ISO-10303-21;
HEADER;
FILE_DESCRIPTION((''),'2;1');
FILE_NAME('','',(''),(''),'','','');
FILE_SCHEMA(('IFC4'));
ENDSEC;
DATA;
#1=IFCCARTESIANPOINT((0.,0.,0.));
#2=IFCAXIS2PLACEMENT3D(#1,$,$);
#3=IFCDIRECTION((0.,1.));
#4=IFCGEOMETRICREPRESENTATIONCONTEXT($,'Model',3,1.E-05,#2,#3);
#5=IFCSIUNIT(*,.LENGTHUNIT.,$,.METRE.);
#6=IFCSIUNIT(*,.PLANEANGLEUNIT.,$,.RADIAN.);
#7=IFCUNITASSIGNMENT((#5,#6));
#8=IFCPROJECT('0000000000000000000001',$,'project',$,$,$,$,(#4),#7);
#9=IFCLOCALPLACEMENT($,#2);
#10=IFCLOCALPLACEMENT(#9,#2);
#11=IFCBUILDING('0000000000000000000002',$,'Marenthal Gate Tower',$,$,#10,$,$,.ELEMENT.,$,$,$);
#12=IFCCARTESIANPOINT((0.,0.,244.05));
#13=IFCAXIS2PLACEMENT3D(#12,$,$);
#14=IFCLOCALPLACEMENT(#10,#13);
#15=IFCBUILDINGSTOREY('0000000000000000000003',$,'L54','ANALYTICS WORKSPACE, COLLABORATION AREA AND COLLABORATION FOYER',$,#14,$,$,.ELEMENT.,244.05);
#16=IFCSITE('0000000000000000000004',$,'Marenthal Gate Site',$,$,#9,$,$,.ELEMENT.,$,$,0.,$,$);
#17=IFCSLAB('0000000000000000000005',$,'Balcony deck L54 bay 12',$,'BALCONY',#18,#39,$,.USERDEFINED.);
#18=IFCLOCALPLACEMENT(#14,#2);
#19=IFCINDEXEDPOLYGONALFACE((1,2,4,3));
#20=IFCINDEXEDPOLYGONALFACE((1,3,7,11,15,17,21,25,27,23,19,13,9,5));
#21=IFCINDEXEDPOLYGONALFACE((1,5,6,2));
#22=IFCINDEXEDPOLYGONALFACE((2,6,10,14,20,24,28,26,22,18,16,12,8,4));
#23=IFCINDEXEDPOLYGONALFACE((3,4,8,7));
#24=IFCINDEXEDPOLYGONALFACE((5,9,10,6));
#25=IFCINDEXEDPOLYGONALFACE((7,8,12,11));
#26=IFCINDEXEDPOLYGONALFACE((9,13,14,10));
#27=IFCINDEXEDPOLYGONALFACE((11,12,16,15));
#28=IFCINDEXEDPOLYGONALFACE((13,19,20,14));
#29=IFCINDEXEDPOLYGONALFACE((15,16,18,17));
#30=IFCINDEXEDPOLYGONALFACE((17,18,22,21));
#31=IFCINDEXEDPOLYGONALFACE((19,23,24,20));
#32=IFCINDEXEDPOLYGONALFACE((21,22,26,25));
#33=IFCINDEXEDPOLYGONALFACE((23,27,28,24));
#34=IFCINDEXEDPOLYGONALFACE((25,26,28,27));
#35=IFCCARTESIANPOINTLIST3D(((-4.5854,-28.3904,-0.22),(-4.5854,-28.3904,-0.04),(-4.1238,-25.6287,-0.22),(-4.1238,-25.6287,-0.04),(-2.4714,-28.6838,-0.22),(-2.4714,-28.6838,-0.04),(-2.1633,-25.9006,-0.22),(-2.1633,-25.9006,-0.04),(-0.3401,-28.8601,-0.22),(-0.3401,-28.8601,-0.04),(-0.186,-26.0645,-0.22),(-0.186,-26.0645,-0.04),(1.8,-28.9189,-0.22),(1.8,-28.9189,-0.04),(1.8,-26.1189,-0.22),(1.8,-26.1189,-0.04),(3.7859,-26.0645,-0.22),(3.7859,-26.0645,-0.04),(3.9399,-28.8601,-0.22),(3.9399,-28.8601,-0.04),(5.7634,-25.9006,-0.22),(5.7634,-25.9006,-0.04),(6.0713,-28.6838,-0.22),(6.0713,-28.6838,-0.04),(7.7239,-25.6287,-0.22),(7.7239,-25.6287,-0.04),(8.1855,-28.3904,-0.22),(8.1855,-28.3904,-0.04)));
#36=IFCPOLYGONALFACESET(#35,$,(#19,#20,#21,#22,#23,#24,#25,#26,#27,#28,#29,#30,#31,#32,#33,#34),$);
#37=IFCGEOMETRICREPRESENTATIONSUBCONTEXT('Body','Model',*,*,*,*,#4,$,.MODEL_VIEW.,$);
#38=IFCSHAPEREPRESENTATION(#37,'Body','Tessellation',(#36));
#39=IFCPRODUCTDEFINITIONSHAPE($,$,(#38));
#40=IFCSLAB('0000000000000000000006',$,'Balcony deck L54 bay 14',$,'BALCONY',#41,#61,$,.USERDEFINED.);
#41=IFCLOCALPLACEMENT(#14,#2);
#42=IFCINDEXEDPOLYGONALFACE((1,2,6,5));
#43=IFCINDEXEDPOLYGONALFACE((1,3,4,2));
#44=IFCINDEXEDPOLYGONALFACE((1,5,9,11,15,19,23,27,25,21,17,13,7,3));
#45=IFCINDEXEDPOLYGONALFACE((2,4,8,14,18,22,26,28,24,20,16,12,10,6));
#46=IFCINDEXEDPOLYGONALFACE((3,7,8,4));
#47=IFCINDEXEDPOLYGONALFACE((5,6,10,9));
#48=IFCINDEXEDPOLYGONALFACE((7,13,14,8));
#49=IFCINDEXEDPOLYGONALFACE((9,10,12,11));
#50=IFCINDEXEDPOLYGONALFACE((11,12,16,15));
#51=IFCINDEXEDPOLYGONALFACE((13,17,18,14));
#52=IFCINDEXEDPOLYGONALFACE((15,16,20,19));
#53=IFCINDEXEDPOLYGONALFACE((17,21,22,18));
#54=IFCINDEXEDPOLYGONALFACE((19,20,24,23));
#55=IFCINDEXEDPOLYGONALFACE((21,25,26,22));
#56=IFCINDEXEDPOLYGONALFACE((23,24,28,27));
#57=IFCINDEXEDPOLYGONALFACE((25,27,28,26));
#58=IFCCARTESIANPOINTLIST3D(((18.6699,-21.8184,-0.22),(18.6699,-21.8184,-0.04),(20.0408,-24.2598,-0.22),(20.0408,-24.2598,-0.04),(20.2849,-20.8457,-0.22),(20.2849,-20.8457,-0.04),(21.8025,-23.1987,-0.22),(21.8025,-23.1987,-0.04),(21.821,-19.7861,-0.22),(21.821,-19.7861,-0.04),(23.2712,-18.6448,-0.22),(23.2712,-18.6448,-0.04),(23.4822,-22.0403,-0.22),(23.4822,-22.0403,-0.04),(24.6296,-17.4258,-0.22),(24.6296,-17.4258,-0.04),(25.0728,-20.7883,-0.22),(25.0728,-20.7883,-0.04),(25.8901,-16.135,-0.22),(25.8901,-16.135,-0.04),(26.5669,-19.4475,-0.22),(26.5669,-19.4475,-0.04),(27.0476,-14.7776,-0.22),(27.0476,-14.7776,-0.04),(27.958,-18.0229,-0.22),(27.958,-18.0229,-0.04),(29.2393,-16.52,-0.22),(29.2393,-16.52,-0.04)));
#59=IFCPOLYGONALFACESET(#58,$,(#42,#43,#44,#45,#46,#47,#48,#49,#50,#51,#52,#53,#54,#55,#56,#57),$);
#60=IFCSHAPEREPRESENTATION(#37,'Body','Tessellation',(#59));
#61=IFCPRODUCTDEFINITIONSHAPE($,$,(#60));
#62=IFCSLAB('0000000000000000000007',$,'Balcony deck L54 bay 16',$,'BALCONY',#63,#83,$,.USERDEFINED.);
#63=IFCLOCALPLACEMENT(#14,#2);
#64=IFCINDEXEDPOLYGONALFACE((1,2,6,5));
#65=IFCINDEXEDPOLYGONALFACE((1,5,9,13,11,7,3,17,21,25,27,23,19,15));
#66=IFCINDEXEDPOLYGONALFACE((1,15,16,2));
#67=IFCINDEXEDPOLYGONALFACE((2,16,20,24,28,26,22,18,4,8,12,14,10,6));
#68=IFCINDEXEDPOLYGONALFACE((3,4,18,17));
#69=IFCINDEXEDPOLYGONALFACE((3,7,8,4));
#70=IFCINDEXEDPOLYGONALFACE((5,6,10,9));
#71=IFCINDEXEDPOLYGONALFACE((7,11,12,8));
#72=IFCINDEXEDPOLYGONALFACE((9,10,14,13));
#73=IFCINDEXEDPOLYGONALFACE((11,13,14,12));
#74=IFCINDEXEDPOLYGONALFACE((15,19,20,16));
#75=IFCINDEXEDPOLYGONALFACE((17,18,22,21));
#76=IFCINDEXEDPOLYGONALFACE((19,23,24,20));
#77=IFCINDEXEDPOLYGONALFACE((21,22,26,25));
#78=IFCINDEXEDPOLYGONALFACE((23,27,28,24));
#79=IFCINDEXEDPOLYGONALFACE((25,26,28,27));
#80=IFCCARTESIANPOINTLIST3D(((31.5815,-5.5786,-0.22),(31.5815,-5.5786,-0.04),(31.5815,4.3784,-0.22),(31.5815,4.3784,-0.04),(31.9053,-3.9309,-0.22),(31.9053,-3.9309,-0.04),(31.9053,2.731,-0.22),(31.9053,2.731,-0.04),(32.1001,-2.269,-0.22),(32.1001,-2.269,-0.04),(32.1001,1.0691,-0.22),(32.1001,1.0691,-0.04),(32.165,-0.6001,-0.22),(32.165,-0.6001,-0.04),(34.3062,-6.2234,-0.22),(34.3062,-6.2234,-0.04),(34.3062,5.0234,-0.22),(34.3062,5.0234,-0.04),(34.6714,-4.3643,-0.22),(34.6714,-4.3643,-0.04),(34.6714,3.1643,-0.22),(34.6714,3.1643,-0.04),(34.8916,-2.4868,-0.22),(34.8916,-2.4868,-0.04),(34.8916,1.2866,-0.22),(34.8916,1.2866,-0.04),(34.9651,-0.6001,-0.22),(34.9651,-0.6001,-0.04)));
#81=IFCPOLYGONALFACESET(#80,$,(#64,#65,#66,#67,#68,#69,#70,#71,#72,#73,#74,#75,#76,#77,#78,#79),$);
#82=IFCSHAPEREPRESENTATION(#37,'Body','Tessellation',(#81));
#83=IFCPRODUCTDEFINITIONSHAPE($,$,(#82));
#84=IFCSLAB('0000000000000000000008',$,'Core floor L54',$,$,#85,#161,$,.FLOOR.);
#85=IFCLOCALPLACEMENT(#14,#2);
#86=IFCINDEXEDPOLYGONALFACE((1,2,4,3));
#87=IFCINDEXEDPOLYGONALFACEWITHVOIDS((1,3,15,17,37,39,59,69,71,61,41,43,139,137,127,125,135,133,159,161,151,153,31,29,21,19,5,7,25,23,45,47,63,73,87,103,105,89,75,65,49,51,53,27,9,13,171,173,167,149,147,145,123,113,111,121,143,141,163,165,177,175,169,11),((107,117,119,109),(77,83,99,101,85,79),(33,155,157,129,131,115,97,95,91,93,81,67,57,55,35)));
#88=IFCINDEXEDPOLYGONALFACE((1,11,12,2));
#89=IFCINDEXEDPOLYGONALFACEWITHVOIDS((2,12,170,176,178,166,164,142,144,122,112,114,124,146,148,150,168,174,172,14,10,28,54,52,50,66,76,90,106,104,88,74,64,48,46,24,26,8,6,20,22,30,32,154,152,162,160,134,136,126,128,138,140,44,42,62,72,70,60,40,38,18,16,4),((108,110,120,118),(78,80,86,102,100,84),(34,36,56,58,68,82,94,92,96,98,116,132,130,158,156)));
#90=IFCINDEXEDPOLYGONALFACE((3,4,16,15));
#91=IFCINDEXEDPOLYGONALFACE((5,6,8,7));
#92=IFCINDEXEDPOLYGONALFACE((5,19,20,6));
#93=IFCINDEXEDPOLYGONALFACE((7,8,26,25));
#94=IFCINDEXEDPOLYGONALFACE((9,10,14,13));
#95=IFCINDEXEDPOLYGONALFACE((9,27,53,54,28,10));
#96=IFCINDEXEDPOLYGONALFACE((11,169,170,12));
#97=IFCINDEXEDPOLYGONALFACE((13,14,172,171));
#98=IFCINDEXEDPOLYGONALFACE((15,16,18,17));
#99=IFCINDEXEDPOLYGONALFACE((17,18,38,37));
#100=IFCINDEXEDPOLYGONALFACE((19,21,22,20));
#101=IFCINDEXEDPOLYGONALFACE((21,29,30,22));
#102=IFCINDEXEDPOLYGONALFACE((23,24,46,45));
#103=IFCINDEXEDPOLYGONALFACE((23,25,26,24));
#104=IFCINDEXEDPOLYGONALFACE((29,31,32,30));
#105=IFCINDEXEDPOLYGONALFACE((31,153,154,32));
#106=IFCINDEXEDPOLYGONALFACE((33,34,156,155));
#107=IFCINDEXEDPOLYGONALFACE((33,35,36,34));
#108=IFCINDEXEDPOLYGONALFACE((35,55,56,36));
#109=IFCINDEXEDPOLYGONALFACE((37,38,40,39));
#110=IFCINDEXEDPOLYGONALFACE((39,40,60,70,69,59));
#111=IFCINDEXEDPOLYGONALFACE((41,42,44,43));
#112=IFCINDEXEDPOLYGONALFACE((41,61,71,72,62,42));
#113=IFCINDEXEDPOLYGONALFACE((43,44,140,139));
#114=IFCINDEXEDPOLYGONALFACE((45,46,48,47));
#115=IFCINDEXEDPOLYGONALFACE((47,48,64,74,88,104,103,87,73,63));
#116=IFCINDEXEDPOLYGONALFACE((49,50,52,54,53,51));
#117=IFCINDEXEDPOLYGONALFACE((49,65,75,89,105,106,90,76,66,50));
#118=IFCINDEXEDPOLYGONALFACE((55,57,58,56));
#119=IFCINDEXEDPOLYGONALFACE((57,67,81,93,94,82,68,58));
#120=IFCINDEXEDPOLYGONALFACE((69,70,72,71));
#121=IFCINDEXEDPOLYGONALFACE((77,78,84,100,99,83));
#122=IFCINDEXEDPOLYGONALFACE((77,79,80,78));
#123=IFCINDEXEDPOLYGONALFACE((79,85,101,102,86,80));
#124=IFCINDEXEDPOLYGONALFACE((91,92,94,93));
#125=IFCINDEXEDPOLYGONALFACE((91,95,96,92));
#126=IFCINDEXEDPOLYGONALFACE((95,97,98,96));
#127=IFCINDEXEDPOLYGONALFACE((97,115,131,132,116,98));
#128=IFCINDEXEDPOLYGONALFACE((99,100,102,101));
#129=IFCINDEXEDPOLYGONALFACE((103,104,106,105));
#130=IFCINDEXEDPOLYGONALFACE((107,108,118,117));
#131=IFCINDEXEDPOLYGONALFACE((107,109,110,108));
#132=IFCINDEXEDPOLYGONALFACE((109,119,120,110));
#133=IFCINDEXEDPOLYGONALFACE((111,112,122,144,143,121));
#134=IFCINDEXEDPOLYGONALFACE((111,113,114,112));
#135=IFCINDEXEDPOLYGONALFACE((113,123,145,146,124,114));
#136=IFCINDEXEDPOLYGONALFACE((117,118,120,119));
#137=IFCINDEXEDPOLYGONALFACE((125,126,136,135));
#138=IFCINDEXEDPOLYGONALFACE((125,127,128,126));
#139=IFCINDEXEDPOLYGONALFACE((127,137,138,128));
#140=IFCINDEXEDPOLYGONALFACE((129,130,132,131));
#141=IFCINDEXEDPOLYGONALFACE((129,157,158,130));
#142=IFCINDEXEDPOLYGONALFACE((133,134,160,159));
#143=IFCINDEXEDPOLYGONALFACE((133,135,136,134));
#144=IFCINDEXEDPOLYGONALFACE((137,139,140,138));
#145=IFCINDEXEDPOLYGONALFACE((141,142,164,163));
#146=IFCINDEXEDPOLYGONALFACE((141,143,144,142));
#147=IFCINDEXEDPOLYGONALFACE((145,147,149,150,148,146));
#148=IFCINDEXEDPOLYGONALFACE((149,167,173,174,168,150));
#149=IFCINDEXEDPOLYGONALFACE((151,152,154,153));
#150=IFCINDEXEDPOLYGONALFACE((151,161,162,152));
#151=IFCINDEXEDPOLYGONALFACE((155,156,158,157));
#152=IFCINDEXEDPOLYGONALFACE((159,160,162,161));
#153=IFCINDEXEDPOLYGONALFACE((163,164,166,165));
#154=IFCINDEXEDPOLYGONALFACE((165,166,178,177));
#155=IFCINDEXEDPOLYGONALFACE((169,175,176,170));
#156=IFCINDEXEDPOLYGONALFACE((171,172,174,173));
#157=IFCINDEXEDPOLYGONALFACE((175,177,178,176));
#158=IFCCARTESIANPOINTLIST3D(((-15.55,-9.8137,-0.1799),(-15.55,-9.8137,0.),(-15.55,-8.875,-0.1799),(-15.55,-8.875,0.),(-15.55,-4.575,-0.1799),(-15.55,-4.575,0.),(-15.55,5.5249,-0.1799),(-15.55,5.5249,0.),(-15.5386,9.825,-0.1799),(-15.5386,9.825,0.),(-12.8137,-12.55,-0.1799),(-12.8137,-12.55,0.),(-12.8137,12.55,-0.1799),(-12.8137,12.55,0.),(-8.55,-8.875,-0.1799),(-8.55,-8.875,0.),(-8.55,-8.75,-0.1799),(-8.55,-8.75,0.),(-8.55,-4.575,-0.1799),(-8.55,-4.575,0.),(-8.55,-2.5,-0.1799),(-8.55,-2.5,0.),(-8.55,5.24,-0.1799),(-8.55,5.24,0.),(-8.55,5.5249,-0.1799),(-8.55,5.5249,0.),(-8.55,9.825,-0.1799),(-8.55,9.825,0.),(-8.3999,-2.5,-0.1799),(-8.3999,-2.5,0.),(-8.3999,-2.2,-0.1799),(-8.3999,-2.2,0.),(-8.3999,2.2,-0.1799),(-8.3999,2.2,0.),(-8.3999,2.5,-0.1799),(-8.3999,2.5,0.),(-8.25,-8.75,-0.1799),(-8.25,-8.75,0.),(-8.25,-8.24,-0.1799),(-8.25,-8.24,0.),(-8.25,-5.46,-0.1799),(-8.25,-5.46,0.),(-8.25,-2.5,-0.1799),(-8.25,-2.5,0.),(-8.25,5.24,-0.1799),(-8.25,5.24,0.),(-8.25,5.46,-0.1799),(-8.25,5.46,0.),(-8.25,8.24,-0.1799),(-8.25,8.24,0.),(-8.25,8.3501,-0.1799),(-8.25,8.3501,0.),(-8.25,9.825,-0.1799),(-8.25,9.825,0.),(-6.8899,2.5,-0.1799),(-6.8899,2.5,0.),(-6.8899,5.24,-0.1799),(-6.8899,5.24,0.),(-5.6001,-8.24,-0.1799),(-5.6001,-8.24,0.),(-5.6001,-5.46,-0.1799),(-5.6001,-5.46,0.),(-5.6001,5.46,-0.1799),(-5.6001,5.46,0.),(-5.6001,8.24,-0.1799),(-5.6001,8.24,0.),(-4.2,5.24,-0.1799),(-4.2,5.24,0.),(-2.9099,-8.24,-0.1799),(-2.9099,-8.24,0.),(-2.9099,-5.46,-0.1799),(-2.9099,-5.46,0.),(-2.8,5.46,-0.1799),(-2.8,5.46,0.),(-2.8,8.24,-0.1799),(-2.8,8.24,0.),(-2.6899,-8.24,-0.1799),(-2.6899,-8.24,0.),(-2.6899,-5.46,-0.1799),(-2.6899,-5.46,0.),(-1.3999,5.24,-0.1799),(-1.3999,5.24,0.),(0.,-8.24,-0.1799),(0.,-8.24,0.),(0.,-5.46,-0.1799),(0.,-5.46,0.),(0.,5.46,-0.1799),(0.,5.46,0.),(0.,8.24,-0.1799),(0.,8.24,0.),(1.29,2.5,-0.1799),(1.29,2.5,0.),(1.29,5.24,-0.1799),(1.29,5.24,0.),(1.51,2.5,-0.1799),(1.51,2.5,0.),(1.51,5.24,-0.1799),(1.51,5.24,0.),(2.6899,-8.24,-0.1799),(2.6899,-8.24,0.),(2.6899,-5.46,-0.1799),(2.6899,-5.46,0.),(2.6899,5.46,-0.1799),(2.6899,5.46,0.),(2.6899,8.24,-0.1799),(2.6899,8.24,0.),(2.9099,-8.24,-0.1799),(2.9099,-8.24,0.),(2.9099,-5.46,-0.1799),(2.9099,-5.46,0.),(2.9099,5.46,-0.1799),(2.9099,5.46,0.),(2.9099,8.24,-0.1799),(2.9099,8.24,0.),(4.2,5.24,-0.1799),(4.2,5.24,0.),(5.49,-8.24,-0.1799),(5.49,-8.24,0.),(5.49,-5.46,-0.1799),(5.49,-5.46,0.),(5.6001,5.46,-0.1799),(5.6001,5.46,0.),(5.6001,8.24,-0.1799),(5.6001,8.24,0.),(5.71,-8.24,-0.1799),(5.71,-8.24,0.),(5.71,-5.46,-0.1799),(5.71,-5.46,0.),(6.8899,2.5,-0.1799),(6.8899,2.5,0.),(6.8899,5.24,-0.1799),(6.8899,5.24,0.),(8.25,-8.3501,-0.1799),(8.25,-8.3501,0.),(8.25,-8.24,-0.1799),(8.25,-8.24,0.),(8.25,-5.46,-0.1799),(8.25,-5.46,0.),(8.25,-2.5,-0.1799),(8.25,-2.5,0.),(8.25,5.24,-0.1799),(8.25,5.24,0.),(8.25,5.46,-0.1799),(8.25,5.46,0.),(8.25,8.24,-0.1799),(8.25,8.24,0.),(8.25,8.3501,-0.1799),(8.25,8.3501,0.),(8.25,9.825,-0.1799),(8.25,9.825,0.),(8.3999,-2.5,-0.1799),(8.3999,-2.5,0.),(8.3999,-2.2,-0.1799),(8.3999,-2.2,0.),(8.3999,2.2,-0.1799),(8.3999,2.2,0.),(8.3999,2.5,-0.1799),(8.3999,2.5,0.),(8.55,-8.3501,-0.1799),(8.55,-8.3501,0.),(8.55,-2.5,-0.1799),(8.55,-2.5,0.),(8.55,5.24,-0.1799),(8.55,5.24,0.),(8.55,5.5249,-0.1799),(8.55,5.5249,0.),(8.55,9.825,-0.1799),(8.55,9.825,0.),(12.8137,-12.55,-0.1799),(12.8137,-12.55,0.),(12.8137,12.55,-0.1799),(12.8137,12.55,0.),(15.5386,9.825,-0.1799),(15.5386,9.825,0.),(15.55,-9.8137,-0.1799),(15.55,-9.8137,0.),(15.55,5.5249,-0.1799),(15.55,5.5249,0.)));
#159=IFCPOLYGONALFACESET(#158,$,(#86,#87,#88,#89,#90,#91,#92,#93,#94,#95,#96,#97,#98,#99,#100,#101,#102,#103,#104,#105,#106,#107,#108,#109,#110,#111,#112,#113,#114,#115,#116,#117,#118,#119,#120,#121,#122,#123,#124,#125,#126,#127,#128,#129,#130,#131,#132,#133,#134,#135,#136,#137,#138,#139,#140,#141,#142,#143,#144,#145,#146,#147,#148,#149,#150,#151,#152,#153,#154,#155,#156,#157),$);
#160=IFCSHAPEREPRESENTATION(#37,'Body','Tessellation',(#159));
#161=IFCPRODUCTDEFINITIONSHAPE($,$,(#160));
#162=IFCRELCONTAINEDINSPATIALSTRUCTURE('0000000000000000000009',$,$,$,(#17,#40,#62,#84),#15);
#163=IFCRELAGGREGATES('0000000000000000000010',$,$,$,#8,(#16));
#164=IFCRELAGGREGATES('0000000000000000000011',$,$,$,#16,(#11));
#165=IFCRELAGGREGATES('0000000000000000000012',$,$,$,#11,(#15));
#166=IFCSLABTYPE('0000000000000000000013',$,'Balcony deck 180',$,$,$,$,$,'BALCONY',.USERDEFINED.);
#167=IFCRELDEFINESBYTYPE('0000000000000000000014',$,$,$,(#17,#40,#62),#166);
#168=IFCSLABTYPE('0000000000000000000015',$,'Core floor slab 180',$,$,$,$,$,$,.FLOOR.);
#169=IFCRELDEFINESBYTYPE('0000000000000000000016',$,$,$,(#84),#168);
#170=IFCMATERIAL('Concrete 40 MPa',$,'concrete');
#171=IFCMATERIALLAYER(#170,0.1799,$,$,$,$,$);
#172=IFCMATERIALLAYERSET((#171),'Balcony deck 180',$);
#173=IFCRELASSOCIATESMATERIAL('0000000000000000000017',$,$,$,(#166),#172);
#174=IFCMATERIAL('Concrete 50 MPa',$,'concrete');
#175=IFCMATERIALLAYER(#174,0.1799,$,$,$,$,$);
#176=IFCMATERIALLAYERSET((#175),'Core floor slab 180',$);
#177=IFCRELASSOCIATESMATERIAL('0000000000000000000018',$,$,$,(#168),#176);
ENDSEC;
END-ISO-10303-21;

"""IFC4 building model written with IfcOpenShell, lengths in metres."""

from ifc_helpers import new_model, si_unit, direction, frame, origin, place, context, subcontext, project, spatial, polyline, outline, extrude, material, layer, layer_set, type_object, element, save


model = new_model("IFC4")

# Units and contexts
model_context = context("Model", 3, precision=1e-05, world=origin(), true_north=direction((0.0, 1.0)))
body_context = subcontext(model_context, "Body", "Model", "MODEL_VIEW")
ifc_project = project(units=[si_unit("LENGTHUNIT", "METRE"), si_unit("PLANEANGLEUNIT", "RADIAN")], contexts=[model_context])

# Site, building, storey
site_placement = place(None, origin())
site = spatial("IfcSite", under=ifc_project, at=site_placement, Name="Marenthal Gate Site", CompositionType="ELEMENT", RefElevation=0.0)
building_placement = place(site_placement, origin())
building = spatial("IfcBuilding", under=site, at=building_placement, Name="Marenthal Gate Tower", CompositionType="ELEMENT")
storey_placement = place(building_placement, frame((0.0, 0.0, 244.05)))
storey = spatial("IfcBuildingStorey", under=building, at=storey_placement, Name="L54", Description="ANALYTICS WORKSPACE, COLLABORATION AREA AND COLLABORATION FOYER", CompositionType="ELEMENT", Elevation=244.05)

# Slabs
ifc_material_1 = material(Name="Concrete 40 MPa", Category="concrete")
ifc_layer_1 = layer(ifc_material_1, 0.1799)
ifc_layer_set_1 = layer_set([ifc_layer_1], Name="Balcony deck 180")
slab_type_1 = type_object("IfcSlabType", Name="Balcony deck 180", ElementType="BALCONY", PredefinedType="USERDEFINED", material=ifc_layer_set_1)
slab_1_placement = place(storey_placement, frame((0.0, 0.0, -0.22)))
element("IfcSlab", 1, at=slab_1_placement, inside=storey, type_object=slab_type_1, Name="Balcony deck L54 bay 12", ObjectType="BALCONY", PredefinedType="USERDEFINED", context=body_context, shape_type="SweptSolid", body=[
    extrude(outline(polyline([(-4.1238, -25.6287), (-2.1633, -25.9006), (-0.186, -26.0645), (1.8, -26.1189), (3.7859, -26.0645), (5.7634, -25.9006), (7.7239, -25.6287), (8.1855, -28.3904), (6.0713, -28.6838), (3.9399, -28.8601), (1.8, -28.9189), (-0.3401, -28.8601), (-2.4714, -28.6838), (-4.5854, -28.3904), (-4.1238, -25.6287)])), origin(), (0.0, 0.0, 1.0), 0.1799),
])
slab_2_placement = place(storey_placement, frame((0.0, 0.0, -0.22)))
element("IfcSlab", 2, at=slab_2_placement, inside=storey, type_object=slab_type_1, Name="Balcony deck L54 bay 14", ObjectType="BALCONY", PredefinedType="USERDEFINED", context=body_context, shape_type="SweptSolid", body=[
    extrude(outline(polyline([(18.6699, -21.8184), (20.2849, -20.8457), (21.821, -19.7861), (23.2712, -18.6448), (24.6296, -17.4258), (25.8901, -16.135), (27.0476, -14.7776), (29.2393, -16.52), (27.958, -18.0229), (26.5669, -19.4475), (25.0728, -20.7883), (23.4822, -22.0403), (21.8025, -23.1987), (20.0408, -24.2598), (18.6699, -21.8184)])), origin(), (0.0, 0.0, 1.0), 0.1799),
])
slab_3_placement = place(storey_placement, frame((0.0, 0.0, -0.22)))
element("IfcSlab", 3, at=slab_3_placement, inside=storey, type_object=slab_type_1, Name="Balcony deck L54 bay 16", ObjectType="BALCONY", PredefinedType="USERDEFINED", context=body_context, shape_type="SweptSolid", body=[
    extrude(outline(polyline([(31.5815, -5.5786), (31.9053, -3.9309), (32.1001, -2.269), (32.165, -0.6001), (32.1001, 1.0691), (31.9053, 2.731), (31.5815, 4.3784), (34.3062, 5.0234), (34.6714, 3.1643), (34.8916, 1.2866), (34.9651, -0.6001), (34.8916, -2.4868), (34.6714, -4.3643), (34.3062, -6.2234), (31.5815, -5.5786)])), origin(), (0.0, 0.0, 1.0), 0.1799),
])
ifc_material_2 = material(Name="Concrete 50 MPa", Category="concrete")
ifc_layer_2 = layer(ifc_material_2, 0.1799)
ifc_layer_set_2 = layer_set([ifc_layer_2], Name="Core floor slab 180")
slab_type_2 = type_object("IfcSlabType", Name="Core floor slab 180", PredefinedType="FLOOR", material=ifc_layer_set_2)
slab_4_placement = place(storey_placement, frame((0.0, 0.0, -0.1799)))
element("IfcSlab", 4, at=slab_4_placement, inside=storey, type_object=slab_type_2, Name="Core floor L54", PredefinedType="FLOOR", context=body_context, shape_type="SweptSolid", body=[
    extrude(outline(polyline([(12.8137, -12.55), (-12.8137, -12.55), (-15.55, -9.8137), (-15.55, -8.875), (-8.55, -8.875), (-8.55, -8.75), (-8.25, -8.75), (-8.25, -8.24), (-5.6001, -8.24), (-2.9099, -8.24), (-2.9099, -5.46), (-5.6001, -5.46), (-8.25, -5.46), (-8.25, -2.5), (8.25, -2.5), (8.25, -5.46), (5.71, -5.46), (5.71, -8.24), (8.25, -8.24), (8.25, -8.3501), (8.55, -8.3501), (8.55, -2.5), (8.3999, -2.5), (8.3999, -2.2), (-8.3999, -2.2), (-8.3999, -2.5), (-8.55, -2.5), (-8.55, -4.575), (-15.55, -4.575), (-15.55, 5.5249), (-8.55, 5.5249), (-8.55, 5.24), (-8.25, 5.24), (-8.25, 5.46), (-5.6001, 5.46), (-2.8, 5.46), (0.0, 5.46), (2.6899, 5.46), (2.6899, 8.24), (0.0, 8.24), (-2.8, 8.24), (-5.6001, 8.24), (-8.25, 8.24), (-8.25, 8.3501), (-8.25, 9.825), (-8.55, 9.825), (-15.5386, 9.825), (-12.8137, 12.55), (12.8137, 12.55), (15.5386, 9.825), (8.55, 9.825), (8.25, 9.825), (8.25, 8.3501), (8.25, 8.24), (5.6001, 8.24), (2.9099, 8.24), (2.9099, 5.46), (5.6001, 5.46), (8.25, 5.46), (8.25, 5.24), (8.55, 5.24), (8.55, 5.5249), (15.55, 5.5249), (15.55, -9.8137), (12.8137, -12.55)]), holes=[polyline([(2.6899, -8.24), (2.6899, -5.46), (0.0, -5.46), (-2.6899, -5.46), (-2.6899, -8.24), (0.0, -8.24), (2.6899, -8.24)]), polyline([(-6.8899, 5.24), (-6.8899, 2.5), (-8.3999, 2.5), (-8.3999, 2.2), (8.3999, 2.2), (8.3999, 2.5), (6.8899, 2.5), (6.8899, 5.24), (4.2, 5.24), (1.51, 5.24), (1.51, 2.5), (1.29, 2.5), (1.29, 5.24), (-1.3999, 5.24), (-4.2, 5.24), (-6.8899, 5.24)]), polyline([(5.49, -8.24), (5.49, -5.46), (2.9099, -5.46), (2.9099, -8.24), (5.49, -8.24)])]), origin(), (0.0, 0.0, 1.0), 0.1799),
])

save(model, "model.ifc")
